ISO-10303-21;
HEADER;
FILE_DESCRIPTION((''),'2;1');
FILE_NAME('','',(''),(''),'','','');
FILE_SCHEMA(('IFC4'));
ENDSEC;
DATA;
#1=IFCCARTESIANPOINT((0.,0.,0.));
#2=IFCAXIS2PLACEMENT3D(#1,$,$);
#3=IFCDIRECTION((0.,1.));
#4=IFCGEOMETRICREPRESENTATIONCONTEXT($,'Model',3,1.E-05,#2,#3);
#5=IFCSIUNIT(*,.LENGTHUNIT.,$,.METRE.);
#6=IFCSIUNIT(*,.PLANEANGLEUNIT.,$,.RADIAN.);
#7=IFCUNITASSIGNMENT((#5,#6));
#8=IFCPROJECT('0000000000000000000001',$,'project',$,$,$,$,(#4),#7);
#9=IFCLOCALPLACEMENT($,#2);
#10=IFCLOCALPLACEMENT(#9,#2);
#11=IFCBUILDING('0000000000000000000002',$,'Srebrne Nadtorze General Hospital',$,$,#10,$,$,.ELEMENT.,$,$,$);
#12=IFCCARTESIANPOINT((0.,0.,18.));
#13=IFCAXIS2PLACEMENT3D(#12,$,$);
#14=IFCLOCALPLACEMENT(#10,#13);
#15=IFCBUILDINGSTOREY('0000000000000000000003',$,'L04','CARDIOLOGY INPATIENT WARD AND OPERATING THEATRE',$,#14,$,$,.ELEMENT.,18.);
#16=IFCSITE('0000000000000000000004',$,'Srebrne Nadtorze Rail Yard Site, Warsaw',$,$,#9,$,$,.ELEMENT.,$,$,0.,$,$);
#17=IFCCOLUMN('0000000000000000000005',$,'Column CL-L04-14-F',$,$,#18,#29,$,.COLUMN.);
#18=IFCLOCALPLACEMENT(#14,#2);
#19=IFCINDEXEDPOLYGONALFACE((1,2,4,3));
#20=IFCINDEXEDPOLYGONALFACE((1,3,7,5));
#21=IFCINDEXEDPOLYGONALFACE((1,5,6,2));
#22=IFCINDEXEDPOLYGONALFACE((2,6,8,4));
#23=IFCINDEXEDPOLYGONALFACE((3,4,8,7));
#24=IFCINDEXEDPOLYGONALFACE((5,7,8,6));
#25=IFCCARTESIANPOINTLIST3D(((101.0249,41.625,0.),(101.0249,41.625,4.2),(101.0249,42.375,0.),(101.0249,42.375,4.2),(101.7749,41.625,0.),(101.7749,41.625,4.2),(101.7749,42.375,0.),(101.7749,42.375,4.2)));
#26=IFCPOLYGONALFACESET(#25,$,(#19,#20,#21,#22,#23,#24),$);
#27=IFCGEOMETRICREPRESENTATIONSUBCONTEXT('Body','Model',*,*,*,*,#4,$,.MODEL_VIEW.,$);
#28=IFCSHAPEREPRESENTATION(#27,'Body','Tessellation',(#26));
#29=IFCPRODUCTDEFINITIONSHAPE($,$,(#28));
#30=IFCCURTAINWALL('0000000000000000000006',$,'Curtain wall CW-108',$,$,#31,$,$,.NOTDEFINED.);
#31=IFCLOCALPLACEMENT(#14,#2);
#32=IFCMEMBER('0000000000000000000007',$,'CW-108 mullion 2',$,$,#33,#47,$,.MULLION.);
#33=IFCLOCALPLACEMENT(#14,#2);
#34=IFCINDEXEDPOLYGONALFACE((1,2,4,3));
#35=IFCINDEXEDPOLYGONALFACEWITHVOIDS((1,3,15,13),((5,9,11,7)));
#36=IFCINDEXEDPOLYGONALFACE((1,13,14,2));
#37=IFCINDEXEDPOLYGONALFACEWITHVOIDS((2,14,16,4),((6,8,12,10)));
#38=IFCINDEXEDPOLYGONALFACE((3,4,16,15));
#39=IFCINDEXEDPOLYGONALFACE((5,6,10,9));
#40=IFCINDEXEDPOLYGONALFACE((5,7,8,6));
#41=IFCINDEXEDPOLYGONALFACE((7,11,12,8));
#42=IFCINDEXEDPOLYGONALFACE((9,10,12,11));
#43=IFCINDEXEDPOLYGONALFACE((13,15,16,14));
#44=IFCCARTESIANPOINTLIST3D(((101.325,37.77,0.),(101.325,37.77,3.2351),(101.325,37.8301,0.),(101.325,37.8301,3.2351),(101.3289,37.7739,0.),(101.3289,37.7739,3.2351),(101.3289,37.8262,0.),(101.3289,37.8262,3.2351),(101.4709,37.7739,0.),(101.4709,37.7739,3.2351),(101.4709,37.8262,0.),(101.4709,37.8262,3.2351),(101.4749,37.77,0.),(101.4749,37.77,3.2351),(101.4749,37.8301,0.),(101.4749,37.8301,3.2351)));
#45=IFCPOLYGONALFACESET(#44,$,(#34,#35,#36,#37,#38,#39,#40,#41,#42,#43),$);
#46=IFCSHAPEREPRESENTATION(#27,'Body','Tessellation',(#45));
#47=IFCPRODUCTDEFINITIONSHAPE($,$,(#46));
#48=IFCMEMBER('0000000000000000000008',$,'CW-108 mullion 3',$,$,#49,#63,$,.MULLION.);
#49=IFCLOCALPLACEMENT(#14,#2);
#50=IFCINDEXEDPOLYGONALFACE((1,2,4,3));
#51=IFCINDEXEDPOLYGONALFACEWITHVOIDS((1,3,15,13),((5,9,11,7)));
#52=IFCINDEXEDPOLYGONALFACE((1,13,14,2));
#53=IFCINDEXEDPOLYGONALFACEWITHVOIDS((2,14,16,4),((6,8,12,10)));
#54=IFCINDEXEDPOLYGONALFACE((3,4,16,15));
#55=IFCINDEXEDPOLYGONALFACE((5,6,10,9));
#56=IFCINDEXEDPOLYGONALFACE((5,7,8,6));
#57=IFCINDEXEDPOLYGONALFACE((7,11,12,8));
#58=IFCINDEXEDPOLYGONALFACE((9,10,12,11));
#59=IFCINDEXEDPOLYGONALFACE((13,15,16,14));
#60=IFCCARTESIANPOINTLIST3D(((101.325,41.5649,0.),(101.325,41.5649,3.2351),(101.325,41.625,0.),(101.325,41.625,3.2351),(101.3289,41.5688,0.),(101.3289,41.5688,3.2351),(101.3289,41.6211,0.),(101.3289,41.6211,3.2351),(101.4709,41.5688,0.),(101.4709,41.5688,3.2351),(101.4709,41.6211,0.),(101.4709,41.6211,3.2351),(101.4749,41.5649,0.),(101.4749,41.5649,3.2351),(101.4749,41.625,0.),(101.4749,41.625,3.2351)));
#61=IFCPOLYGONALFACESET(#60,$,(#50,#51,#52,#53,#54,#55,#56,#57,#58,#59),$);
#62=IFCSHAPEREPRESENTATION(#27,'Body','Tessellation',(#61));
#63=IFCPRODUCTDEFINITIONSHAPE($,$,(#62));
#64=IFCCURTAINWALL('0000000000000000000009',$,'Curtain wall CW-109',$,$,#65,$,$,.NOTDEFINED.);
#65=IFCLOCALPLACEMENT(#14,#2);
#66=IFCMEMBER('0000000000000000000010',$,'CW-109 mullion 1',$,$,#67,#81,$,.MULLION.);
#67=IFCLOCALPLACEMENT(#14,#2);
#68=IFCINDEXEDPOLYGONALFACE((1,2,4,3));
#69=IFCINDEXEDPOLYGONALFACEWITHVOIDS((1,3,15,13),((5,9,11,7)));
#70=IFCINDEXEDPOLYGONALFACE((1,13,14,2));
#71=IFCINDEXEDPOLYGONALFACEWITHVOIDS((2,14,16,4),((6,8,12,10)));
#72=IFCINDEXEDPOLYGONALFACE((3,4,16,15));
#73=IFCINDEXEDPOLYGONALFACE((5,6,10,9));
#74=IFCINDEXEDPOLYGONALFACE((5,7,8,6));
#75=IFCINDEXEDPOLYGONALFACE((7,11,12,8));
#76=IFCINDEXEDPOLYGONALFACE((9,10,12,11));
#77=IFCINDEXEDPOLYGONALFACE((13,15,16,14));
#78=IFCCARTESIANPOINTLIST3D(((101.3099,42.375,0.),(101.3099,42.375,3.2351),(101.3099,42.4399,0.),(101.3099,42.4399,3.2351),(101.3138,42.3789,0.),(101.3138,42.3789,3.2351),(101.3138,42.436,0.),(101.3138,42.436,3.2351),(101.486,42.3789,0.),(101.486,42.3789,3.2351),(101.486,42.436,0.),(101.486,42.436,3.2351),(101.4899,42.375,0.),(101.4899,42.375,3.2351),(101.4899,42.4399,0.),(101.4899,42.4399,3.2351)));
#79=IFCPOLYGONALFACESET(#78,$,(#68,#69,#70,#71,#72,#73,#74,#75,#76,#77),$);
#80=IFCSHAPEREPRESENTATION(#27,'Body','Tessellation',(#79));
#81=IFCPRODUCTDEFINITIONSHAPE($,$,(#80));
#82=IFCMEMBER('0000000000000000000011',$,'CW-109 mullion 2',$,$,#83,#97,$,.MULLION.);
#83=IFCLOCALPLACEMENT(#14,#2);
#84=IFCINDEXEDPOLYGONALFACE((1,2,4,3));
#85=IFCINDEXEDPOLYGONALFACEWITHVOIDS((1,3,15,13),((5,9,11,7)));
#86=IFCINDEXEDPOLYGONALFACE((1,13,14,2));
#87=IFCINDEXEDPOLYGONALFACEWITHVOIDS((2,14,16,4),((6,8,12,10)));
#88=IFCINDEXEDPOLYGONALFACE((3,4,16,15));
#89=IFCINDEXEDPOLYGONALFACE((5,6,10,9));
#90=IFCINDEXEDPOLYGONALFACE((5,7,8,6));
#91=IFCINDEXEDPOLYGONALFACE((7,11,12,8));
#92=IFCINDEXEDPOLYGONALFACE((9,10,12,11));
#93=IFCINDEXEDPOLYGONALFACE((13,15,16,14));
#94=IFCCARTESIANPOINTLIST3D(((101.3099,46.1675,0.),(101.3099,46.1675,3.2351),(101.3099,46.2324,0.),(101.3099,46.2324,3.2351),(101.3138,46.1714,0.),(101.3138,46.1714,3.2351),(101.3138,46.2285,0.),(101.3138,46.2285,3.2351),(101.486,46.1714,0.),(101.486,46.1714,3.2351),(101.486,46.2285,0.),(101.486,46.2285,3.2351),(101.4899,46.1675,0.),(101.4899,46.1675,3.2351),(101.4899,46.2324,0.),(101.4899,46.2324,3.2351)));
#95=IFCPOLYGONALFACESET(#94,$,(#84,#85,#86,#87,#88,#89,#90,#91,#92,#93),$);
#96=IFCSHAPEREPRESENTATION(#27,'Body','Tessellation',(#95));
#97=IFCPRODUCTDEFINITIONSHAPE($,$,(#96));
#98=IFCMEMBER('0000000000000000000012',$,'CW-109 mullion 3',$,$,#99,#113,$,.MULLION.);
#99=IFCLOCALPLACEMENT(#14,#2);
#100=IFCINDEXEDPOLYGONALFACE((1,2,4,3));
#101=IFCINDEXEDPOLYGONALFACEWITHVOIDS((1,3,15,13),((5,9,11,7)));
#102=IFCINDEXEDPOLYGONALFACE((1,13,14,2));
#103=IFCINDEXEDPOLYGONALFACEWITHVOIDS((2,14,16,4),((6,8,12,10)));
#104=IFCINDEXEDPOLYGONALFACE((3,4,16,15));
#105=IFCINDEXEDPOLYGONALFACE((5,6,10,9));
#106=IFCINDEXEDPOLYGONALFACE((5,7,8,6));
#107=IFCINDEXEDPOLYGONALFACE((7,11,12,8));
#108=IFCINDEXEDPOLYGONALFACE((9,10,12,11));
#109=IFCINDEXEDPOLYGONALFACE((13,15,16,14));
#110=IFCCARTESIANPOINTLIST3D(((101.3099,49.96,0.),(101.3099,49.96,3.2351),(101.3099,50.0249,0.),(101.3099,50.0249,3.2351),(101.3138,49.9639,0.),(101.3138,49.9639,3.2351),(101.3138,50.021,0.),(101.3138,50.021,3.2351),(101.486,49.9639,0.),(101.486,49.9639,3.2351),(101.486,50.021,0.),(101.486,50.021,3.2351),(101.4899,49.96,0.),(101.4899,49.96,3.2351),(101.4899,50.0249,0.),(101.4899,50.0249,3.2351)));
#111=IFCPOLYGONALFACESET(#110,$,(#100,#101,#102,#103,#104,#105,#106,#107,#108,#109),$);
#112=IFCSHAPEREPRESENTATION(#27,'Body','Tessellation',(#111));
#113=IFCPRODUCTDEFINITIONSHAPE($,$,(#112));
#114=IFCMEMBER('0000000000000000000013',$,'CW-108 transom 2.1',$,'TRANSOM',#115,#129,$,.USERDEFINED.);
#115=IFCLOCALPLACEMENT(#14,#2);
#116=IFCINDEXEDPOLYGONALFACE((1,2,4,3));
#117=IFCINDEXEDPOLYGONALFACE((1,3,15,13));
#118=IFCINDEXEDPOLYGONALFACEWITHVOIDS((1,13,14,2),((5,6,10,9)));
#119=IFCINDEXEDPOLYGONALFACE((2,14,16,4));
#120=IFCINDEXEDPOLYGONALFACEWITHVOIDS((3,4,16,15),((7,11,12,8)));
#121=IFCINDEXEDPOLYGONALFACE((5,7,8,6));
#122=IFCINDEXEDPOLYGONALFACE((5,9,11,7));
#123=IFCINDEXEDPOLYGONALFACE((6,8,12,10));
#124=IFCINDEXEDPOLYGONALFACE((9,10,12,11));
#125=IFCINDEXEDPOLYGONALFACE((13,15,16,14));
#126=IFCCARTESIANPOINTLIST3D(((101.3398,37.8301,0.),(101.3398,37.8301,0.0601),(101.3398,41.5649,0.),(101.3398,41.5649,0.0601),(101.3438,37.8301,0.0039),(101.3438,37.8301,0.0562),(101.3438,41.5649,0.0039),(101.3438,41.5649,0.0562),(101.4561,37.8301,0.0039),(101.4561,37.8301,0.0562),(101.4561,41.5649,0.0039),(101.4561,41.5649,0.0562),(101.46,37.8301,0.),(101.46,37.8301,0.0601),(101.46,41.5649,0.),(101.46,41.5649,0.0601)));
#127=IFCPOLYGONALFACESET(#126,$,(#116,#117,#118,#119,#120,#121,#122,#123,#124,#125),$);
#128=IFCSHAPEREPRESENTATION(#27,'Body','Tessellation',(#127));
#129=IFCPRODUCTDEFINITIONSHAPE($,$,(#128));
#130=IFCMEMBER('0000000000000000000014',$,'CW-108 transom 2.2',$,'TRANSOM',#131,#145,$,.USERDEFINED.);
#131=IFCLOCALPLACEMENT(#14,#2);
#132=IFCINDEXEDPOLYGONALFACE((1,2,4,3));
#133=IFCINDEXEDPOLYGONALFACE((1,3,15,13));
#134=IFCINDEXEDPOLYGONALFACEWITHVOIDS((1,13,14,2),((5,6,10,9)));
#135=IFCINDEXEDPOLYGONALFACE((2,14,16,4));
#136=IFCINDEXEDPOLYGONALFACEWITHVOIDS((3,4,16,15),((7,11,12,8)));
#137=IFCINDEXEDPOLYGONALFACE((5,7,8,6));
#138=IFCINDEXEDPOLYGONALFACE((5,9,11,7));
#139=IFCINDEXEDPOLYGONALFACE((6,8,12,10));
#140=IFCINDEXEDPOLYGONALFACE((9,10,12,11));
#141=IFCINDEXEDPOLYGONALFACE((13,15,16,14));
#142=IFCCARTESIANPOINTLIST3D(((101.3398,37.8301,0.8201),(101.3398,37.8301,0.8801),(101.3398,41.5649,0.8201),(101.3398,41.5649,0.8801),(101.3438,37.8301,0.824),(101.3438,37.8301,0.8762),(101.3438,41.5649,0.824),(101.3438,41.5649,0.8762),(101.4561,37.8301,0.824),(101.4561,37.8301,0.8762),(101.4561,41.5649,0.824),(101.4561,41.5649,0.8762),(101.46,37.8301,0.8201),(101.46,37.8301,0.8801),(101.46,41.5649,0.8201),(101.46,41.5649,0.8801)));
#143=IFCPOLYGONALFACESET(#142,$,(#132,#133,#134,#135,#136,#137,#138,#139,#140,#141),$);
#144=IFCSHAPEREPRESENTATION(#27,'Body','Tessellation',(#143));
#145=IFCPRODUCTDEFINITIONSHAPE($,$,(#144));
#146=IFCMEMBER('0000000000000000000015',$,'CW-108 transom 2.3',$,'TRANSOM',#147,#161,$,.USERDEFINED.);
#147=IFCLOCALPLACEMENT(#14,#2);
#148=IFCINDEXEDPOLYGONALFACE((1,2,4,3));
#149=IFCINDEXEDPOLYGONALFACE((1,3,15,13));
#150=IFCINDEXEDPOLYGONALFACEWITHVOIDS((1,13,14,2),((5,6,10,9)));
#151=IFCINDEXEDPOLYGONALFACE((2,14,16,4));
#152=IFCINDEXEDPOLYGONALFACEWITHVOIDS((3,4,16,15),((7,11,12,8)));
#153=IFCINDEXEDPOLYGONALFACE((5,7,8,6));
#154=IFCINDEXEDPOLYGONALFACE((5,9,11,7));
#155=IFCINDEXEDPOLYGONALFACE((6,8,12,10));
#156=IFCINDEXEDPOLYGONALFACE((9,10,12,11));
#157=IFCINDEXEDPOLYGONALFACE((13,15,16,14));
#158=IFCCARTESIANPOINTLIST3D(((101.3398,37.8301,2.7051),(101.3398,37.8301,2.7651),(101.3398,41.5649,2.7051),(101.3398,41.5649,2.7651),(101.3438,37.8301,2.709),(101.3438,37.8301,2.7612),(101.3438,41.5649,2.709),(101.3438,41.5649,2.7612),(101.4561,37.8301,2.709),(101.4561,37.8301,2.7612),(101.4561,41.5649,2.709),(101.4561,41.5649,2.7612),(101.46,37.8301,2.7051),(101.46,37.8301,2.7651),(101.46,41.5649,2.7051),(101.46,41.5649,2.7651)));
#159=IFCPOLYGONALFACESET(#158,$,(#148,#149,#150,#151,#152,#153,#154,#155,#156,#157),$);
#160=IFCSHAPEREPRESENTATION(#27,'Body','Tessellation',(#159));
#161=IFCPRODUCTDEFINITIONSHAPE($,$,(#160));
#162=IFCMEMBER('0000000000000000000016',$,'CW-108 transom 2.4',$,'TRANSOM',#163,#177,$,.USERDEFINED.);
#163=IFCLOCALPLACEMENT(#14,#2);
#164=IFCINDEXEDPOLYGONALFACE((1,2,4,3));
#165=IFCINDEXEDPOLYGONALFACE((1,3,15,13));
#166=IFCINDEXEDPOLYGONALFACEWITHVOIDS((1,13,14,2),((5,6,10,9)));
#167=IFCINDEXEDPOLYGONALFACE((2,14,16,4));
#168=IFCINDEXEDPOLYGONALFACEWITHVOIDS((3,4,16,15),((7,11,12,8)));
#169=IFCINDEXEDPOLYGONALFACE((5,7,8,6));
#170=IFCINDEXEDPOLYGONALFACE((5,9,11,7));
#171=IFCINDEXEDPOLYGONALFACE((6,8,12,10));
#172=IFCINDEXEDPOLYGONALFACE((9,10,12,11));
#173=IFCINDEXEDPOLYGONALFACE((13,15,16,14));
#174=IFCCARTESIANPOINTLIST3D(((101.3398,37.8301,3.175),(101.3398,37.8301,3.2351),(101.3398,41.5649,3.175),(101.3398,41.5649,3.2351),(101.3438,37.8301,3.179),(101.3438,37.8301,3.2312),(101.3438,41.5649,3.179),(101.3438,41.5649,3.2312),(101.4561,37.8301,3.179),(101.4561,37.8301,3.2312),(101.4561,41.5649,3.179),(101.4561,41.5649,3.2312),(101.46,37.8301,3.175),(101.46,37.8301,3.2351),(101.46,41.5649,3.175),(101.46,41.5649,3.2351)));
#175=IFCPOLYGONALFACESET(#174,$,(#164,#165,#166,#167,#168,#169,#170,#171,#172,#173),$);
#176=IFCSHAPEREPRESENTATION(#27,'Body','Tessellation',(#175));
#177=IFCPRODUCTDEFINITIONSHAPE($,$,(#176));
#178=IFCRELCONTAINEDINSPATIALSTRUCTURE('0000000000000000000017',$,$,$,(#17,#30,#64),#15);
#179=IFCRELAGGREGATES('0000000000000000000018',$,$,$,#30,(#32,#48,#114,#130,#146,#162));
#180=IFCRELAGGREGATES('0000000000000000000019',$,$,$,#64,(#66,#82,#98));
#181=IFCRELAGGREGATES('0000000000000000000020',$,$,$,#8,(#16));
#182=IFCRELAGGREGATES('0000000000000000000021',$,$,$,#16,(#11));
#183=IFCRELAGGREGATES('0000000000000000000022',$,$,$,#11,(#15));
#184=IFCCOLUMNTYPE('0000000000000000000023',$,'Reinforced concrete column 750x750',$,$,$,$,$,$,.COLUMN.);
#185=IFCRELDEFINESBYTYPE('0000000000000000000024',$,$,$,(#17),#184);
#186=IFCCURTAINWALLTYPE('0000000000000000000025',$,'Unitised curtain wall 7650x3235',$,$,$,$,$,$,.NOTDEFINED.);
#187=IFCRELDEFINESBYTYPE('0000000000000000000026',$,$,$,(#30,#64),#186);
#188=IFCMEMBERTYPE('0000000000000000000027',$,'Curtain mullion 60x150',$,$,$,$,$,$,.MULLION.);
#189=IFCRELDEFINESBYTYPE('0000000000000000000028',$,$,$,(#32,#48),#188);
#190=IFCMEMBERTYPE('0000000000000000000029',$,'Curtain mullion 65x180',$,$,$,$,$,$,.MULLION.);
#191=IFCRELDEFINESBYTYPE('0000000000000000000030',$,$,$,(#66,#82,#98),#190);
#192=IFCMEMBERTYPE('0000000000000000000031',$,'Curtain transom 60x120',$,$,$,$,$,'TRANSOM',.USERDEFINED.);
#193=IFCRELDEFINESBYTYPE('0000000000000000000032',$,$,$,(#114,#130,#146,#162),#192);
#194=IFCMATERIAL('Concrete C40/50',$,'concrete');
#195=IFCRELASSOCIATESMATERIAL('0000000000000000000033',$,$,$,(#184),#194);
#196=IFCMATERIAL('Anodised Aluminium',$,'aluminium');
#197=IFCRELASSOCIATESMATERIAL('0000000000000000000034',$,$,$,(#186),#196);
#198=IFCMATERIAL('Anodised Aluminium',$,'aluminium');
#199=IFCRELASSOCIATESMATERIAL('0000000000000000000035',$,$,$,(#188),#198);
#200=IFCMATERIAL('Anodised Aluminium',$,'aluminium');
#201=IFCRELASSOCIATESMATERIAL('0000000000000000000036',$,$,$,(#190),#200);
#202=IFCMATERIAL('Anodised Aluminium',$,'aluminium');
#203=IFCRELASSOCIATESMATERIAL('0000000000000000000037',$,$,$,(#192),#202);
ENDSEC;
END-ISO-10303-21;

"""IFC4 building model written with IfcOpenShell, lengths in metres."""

from ifc_helpers import new_model, si_unit, direction, frame, origin, origin_2d, place, context, subcontext, project, spatial, rectangle, hollow_rectangle, extrude, material, material_profile, profile_set, type_object, element, aggregate, save


model = new_model("IFC4")

# Units and contexts
model_context = context("Model", 3, precision=1e-05, world=origin(), true_north=direction((0.0, 1.0)))
body_context = subcontext(model_context, "Body", "Model", "MODEL_VIEW")
ifc_project = project(units=[si_unit("LENGTHUNIT", "METRE"), si_unit("PLANEANGLEUNIT", "RADIAN")], contexts=[model_context])

# Site, building, storey
site_placement = place(None, origin())
site = spatial("IfcSite", under=ifc_project, at=site_placement, Name="Srebrne Nadtorze Rail Yard Site, Warsaw", CompositionType="ELEMENT", RefElevation=0.0)
building_placement = place(site_placement, origin())
building = spatial("IfcBuilding", under=site, at=building_placement, Name="Srebrne Nadtorze General Hospital", CompositionType="ELEMENT")
storey_placement = place(building_placement, frame((0.0, 0.0, 18.0)))
storey = spatial("IfcBuildingStorey", under=building, at=storey_placement, Name="L04", Description="CARDIOLOGY INPATIENT WARD AND OPERATING THEATRE", CompositionType="ELEMENT", Elevation=18.0)

# Column
ifc_material_1 = material(Name="Concrete C40/50", Category="concrete")
ifc_material_profile_1 = material_profile(ifc_material_1, rectangle(XDim=0.75, YDim=0.75, at=origin_2d()), Name="RC-COL-750x750")
ifc_profile_set_1 = profile_set([ifc_material_profile_1], Name="Concrete C40/50")
column_type = type_object("IfcColumnType", Name="Reinforced concrete column 750x750", PredefinedType="COLUMN", material=ifc_profile_set_1)
column_placement = place(storey_placement, frame((101.3999, 42.0, 0.0), z_axis=(0.0, 0.0, 1.0), x_axis=(1.0, 0.0, 0.0)))
element("IfcColumn", 1, at=column_placement, inside=storey, type_object=column_type, Name="Column CL-L04-14-F", PredefinedType="COLUMN", context=body_context, shape_type="SweptSolid", body=[
    extrude(rectangle(XDim=0.75, YDim=0.75, at=origin_2d()), origin(), (0.0, 0.0, 1.0), 4.2),
])

# Curtain walls, members
ifc_material_2 = material(Name="Anodised Aluminium", Category="aluminium")
curtain_wall_type = type_object("IfcCurtainWallType", Name="Unitised curtain wall 7650x3235", PredefinedType="NOTDEFINED", material=ifc_material_2)
curtain_wall_1_placement = place(storey_placement, origin())
curtain_wall_1 = element("IfcCurtainWall", 2, at=curtain_wall_1_placement, inside=storey, type_object=curtain_wall_type, Name="Curtain wall CW-108", PredefinedType="NOTDEFINED")
ifc_material_3 = material(Name="Anodised Aluminium", Category="aluminium")
ifc_material_profile_2 = material_profile(ifc_material_3, hollow_rectangle(XDim=0.0601, YDim=0.1499, WallThickness=0.0039, at=origin_2d()), Name="AL-MUL-60x150")
ifc_profile_set_2 = profile_set([ifc_material_profile_2], Name="Anodised Aluminium")
member_type_1 = type_object("IfcMemberType", Name="Curtain mullion 60x150", PredefinedType="MULLION", material=ifc_profile_set_2)
member_1_placement = place(storey_placement, frame((101.3999, 37.8, 0.0), z_axis=(0.0, 0.0, 1.0), x_axis=(0.0, 1.0, 0.0)))
member_1 = element("IfcMember", 3, at=member_1_placement, type_object=member_type_1, Name="CW-108 mullion 2", PredefinedType="MULLION", context=body_context, shape_type="SweptSolid", body=[
    extrude(hollow_rectangle(XDim=0.0601, YDim=0.1499, WallThickness=0.0039, at=origin_2d()), origin(), (0.0, 0.0, 1.0), 3.2351),
])
member_2_placement = place(storey_placement, frame((101.3999, 41.595, 0.0), z_axis=(0.0, 0.0, 1.0), x_axis=(0.0, 1.0, 0.0)))
member_2 = element("IfcMember", 4, at=member_2_placement, type_object=member_type_1, Name="CW-108 mullion 3", PredefinedType="MULLION", context=body_context, shape_type="SweptSolid", body=[
    extrude(hollow_rectangle(XDim=0.0601, YDim=0.1499, WallThickness=0.0039, at=origin_2d()), origin(), (0.0, 0.0, 1.0), 3.2351),
])
curtain_wall_2_placement = place(storey_placement, origin())
curtain_wall_2 = element("IfcCurtainWall", 5, at=curtain_wall_2_placement, inside=storey, type_object=curtain_wall_type, Name="Curtain wall CW-109", PredefinedType="NOTDEFINED")
ifc_material_4 = material(Name="Anodised Aluminium", Category="aluminium")
ifc_material_profile_3 = material_profile(ifc_material_4, hollow_rectangle(XDim=0.0649, YDim=0.1799, WallThickness=0.0039, at=origin_2d()), Name="AL-MUL-65x180")
ifc_profile_set_3 = profile_set([ifc_material_profile_3], Name="Anodised Aluminium")
member_type_2 = type_object("IfcMemberType", Name="Curtain mullion 65x180", PredefinedType="MULLION", material=ifc_profile_set_3)
member_3_placement = place(storey_placement, frame((101.3999, 42.4075, 0.0), z_axis=(0.0, 0.0, 1.0), x_axis=(0.0, 1.0, 0.0)))
member_3 = element("IfcMember", 6, at=member_3_placement, type_object=member_type_2, Name="CW-109 mullion 1", PredefinedType="MULLION", context=body_context, shape_type="SweptSolid", body=[
    extrude(hollow_rectangle(XDim=0.0649, YDim=0.1799, WallThickness=0.0039, at=origin_2d()), origin(), (0.0, 0.0, 1.0), 3.2351),
])
member_4_placement = place(storey_placement, frame((101.3999, 46.2, 0.0), z_axis=(0.0, 0.0, 1.0), x_axis=(0.0, 1.0, 0.0)))
member_4 = element("IfcMember", 7, at=member_4_placement, type_object=member_type_2, Name="CW-109 mullion 2", PredefinedType="MULLION", context=body_context, shape_type="SweptSolid", body=[
    extrude(hollow_rectangle(XDim=0.0649, YDim=0.1799, WallThickness=0.0039, at=origin_2d()), origin(), (0.0, 0.0, 1.0), 3.2351),
])
member_5_placement = place(storey_placement, frame((101.3999, 49.9924, 0.0), z_axis=(0.0, 0.0, 1.0), x_axis=(0.0, 1.0, 0.0)))
member_5 = element("IfcMember", 8, at=member_5_placement, type_object=member_type_2, Name="CW-109 mullion 3", PredefinedType="MULLION", context=body_context, shape_type="SweptSolid", body=[
    extrude(hollow_rectangle(XDim=0.0649, YDim=0.1799, WallThickness=0.0039, at=origin_2d()), origin(), (0.0, 0.0, 1.0), 3.2351),
])

# Members
ifc_material_5 = material(Name="Anodised Aluminium", Category="aluminium")
ifc_material_profile_4 = material_profile(ifc_material_5, hollow_rectangle(XDim=0.0601, YDim=0.1201, WallThickness=0.0039, at=origin_2d()), Name="AL-TRN-60x120")
ifc_profile_set_4 = profile_set([ifc_material_profile_4], Name="Anodised Aluminium")
member_type_3 = type_object("IfcMemberType", Name="Curtain transom 60x120", ElementType="TRANSOM", PredefinedType="USERDEFINED", material=ifc_profile_set_4)
member_6_placement = place(storey_placement, frame((101.3999, 37.8301, 0.03), z_axis=(0.0, 1.0, 0.0), x_axis=(0.0, 0.0, 1.0)))
member_6 = element("IfcMember", 9, at=member_6_placement, type_object=member_type_3, Name="CW-108 transom 2.1", ObjectType="TRANSOM", PredefinedType="USERDEFINED", context=body_context, shape_type="SweptSolid", body=[
    extrude(hollow_rectangle(XDim=0.0601, YDim=0.1201, WallThickness=0.0039, at=origin_2d()), origin(), (0.0, 0.0, 1.0), 3.7349),
])
member_7_placement = place(storey_placement, frame((101.3999, 37.8301, 0.8501), z_axis=(0.0, 1.0, 0.0), x_axis=(0.0, 0.0, 1.0)))
member_7 = element("IfcMember", 10, at=member_7_placement, type_object=member_type_3, Name="CW-108 transom 2.2", ObjectType="TRANSOM", PredefinedType="USERDEFINED", context=body_context, shape_type="SweptSolid", body=[
    extrude(hollow_rectangle(XDim=0.0601, YDim=0.1201, WallThickness=0.0039, at=origin_2d()), origin(), (0.0, 0.0, 1.0), 3.7349),
])
member_8_placement = place(storey_placement, frame((101.3999, 37.8301, 2.7351), z_axis=(0.0, 1.0, 0.0), x_axis=(0.0, 0.0, 1.0)))
member_8 = element("IfcMember", 11, at=member_8_placement, type_object=member_type_3, Name="CW-108 transom 2.3", ObjectType="TRANSOM", PredefinedType="USERDEFINED", context=body_context, shape_type="SweptSolid", body=[
    extrude(hollow_rectangle(XDim=0.0601, YDim=0.1201, WallThickness=0.0039, at=origin_2d()), origin(), (0.0, 0.0, 1.0), 3.7349),
])
member_9_placement = place(storey_placement, frame((101.3999, 37.8301, 3.2051), z_axis=(0.0, 1.0, 0.0), x_axis=(0.0, 0.0, 1.0)))
member_9 = element("IfcMember", 12, at=member_9_placement, type_object=member_type_3, Name="CW-108 transom 2.4", ObjectType="TRANSOM", PredefinedType="USERDEFINED", context=body_context, shape_type="SweptSolid", body=[
    extrude(hollow_rectangle(XDim=0.0601, YDim=0.1201, WallThickness=0.0039, at=origin_2d()), origin(), (0.0, 0.0, 1.0), 3.7349),
])

aggregate(curtain_wall_1, [member_1, member_2, member_6, member_7, member_8, member_9])
aggregate(curtain_wall_2, [member_3, member_4, member_5])

save(model, "model.ifc")
